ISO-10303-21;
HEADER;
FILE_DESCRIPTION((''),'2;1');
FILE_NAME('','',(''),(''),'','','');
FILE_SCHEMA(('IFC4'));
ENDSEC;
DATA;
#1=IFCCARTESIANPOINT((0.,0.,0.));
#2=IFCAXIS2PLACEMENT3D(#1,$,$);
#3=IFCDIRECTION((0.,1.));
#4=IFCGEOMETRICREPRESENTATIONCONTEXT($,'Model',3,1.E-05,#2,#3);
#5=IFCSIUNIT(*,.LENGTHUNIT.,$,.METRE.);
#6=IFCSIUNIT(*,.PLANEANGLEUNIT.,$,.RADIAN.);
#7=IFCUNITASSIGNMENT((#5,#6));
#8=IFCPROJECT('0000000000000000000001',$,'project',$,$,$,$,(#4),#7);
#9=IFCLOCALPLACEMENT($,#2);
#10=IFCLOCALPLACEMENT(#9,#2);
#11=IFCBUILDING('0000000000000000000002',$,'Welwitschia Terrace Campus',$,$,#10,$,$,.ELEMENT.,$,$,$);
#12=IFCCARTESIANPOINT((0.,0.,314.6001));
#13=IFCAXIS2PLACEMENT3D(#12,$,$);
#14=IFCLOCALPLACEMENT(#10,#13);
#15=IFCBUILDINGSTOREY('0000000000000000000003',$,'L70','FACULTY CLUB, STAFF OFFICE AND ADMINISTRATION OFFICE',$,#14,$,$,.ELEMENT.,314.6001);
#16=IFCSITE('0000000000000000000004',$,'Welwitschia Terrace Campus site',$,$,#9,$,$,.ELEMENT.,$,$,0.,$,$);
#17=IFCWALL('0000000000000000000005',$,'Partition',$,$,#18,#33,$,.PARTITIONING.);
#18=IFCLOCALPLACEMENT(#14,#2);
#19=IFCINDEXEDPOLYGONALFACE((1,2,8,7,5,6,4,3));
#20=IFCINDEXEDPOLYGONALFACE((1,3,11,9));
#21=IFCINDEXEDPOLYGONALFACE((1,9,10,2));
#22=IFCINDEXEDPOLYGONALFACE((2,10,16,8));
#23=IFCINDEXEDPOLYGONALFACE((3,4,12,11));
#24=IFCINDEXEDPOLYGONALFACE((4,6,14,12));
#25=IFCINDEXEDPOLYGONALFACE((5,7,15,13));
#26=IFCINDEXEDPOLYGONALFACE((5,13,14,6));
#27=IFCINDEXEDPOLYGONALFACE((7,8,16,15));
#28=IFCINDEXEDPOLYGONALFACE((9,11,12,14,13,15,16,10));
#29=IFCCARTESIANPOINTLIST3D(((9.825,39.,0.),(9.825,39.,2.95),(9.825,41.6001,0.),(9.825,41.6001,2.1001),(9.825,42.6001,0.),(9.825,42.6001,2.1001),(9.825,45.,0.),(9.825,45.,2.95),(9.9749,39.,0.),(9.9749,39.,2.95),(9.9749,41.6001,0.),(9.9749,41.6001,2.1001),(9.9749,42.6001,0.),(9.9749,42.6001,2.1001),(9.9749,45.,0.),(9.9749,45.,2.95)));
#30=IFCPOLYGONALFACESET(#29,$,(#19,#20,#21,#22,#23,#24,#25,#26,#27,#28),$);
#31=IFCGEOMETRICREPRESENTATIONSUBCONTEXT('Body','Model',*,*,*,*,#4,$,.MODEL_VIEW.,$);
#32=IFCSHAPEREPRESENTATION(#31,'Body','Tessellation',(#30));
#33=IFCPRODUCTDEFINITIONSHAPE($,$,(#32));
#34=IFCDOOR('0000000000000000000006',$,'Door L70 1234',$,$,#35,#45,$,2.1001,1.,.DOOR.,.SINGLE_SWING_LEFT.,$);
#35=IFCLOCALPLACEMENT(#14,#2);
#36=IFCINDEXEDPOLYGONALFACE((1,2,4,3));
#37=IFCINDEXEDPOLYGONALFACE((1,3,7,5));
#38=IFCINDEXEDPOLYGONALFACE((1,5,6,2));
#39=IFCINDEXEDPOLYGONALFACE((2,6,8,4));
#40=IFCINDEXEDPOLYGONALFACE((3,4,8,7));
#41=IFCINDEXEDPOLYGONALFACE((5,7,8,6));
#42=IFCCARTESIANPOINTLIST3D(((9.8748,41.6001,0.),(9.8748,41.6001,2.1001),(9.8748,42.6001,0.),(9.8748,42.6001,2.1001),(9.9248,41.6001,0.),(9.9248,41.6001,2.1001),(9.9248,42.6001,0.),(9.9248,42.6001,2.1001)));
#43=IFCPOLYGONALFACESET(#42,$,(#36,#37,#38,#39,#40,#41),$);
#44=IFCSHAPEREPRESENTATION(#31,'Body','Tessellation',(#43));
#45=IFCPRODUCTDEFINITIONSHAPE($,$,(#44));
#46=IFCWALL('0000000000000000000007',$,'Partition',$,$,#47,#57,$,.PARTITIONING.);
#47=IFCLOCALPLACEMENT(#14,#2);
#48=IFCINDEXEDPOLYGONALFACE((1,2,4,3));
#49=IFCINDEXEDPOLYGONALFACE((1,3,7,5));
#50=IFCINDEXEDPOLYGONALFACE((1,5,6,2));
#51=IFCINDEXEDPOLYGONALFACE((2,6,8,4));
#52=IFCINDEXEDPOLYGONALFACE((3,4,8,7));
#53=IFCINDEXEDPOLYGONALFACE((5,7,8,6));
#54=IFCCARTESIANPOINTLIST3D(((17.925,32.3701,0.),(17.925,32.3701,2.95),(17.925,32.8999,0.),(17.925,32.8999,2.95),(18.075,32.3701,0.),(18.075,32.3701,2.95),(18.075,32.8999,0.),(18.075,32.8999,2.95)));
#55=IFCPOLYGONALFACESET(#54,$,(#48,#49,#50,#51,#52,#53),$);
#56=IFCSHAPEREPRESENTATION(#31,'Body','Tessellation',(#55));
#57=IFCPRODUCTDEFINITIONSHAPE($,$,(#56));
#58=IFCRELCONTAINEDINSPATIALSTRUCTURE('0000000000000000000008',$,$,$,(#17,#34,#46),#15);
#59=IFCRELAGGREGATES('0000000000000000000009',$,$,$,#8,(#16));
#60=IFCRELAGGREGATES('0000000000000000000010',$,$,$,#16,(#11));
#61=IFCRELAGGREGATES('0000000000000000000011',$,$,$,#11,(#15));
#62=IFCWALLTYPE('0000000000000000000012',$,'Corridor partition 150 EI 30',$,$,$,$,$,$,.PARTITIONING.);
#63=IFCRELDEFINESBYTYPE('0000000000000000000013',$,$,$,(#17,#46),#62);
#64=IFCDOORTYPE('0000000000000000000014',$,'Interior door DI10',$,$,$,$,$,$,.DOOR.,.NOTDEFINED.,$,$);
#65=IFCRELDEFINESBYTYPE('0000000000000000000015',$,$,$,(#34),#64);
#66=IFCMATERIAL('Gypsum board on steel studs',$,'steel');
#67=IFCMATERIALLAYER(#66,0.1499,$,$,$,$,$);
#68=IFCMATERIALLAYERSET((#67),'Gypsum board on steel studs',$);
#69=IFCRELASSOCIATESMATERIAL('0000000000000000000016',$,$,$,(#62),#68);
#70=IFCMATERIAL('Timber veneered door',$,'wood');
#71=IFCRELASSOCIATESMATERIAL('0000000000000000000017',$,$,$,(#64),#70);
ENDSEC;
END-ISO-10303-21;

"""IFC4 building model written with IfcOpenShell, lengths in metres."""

from ifc_helpers import new_model, si_unit, direction, frame, frame_2d, origin, place, context, subcontext, project, spatial, rectangle, extrude, material, layer, layer_set, type_object, element, fill, save


model = new_model("IFC4")

# Units and contexts
model_context = context("Model", 3, precision=1e-05, world=origin(), true_north=direction((0.0, 1.0)))
body_context = subcontext(model_context, "Body", "Model", "MODEL_VIEW")
ifc_project = project(units=[si_unit("LENGTHUNIT", "METRE"), si_unit("PLANEANGLEUNIT", "RADIAN")], contexts=[model_context])

# Site, building, storey
site_placement = place(None, origin())
site = spatial("IfcSite", under=ifc_project, at=site_placement, Name="Welwitschia Terrace Campus site", CompositionType="ELEMENT", RefElevation=0.0)
building_placement = place(site_placement, origin())
building = spatial("IfcBuilding", under=site, at=building_placement, Name="Welwitschia Terrace Campus", CompositionType="ELEMENT")
storey_placement = place(building_placement, frame((0.0, 0.0, 314.6001)))
storey = spatial("IfcBuildingStorey", under=building, at=storey_placement, Name="L70", Description="FACULTY CLUB, STAFF OFFICE AND ADMINISTRATION OFFICE", CompositionType="ELEMENT", Elevation=314.6001)

# Shared definitions
ifc_material_1 = material(Name="Gypsum board on steel studs", Category="steel")
ifc_layer_1 = layer(ifc_material_1, 0.1499)
ifc_layer_set_1 = layer_set([ifc_layer_1], Name="Gypsum board on steel studs")
wall_type = type_object("IfcWallType", Name="Corridor partition 150 EI 30", PredefinedType="PARTITIONING", material=ifc_layer_set_1)

# Shared definitions
ifc_material_2 = material(Name="Timber veneered door", Category="wood")
door_type_1 = type_object("IfcDoorType", Name="Interior door DI10", OperationType="NOTDEFINED", PredefinedType="DOOR", material=ifc_material_2)

# Wall, opening, door
wall_1_placement = place(storey_placement, frame((9.8999, 45.0, 0.0), z_axis=(0.0, 0.0, 1.0), x_axis=(0.0, -1.0, 0.0)))
wall_1 = element("IfcWall", 1, at=wall_1_placement, inside=storey, type_object=wall_type, Name="Partition", PredefinedType="PARTITIONING", context=body_context, shape_type="SweptSolid", body=[
    extrude(rectangle(XDim=6.0, YDim=0.1499, at=frame_2d((3.0, 0.0))), origin(), (0.0, 0.0, 1.0), 2.95),
])
opening_1_placement = place(wall_1_placement, frame((2.3999, 0.0, 0.0)))
opening_1 = element("IfcOpeningElement", 2, at=opening_1_placement, cuts=wall_1, PredefinedType="OPENING", context=body_context, shape_type="SweptSolid", body=[
    extrude(rectangle(XDim=1.0, YDim=2.1001, at=frame_2d((0.5, 1.05))), frame((0.0, 0.085, 0.0), z_axis=(0.0, -1.0, 0.0), x_axis=(1.0, 0.0, 0.0)), (0.0, 0.0, 1.0), 0.1699),
])
door_1_placement = place(opening_1_placement, origin())
door_1 = element("IfcDoor", 3, at=door_1_placement, inside=storey, type_object=door_type_1, Name="Door L70 1234", OperationType="SINGLE_SWING_LEFT", OverallHeight=2.1001, OverallWidth=1.0, PredefinedType="DOOR", context=body_context, shape_type="SweptSolid", body=[
    extrude(rectangle(XDim=1.0, YDim=2.1001, at=frame_2d((0.5, 1.05))), frame((0.0, 0.0249, 0.0), z_axis=(0.0, -1.0, 0.0), x_axis=(1.0, 0.0, 0.0)), (0.0, 0.0, 1.0), 0.05),
])
fill(opening_1, door_1)

# Wall
wall_2_placement = place(storey_placement, frame((18.0, 32.3701, 0.0), z_axis=(0.0, 0.0, 1.0), x_axis=(0.0, 1.0, 0.0)))
element("IfcWall", 4, at=wall_2_placement, inside=storey, type_object=wall_type, Name="Partition", PredefinedType="PARTITIONING", context=body_context, shape_type="SweptSolid", body=[
    extrude(rectangle(XDim=0.5298, YDim=0.1499, at=frame_2d((0.2649, 0.0))), origin(), (0.0, 0.0, 1.0), 2.95),
])

save(model, "model.ifc")
